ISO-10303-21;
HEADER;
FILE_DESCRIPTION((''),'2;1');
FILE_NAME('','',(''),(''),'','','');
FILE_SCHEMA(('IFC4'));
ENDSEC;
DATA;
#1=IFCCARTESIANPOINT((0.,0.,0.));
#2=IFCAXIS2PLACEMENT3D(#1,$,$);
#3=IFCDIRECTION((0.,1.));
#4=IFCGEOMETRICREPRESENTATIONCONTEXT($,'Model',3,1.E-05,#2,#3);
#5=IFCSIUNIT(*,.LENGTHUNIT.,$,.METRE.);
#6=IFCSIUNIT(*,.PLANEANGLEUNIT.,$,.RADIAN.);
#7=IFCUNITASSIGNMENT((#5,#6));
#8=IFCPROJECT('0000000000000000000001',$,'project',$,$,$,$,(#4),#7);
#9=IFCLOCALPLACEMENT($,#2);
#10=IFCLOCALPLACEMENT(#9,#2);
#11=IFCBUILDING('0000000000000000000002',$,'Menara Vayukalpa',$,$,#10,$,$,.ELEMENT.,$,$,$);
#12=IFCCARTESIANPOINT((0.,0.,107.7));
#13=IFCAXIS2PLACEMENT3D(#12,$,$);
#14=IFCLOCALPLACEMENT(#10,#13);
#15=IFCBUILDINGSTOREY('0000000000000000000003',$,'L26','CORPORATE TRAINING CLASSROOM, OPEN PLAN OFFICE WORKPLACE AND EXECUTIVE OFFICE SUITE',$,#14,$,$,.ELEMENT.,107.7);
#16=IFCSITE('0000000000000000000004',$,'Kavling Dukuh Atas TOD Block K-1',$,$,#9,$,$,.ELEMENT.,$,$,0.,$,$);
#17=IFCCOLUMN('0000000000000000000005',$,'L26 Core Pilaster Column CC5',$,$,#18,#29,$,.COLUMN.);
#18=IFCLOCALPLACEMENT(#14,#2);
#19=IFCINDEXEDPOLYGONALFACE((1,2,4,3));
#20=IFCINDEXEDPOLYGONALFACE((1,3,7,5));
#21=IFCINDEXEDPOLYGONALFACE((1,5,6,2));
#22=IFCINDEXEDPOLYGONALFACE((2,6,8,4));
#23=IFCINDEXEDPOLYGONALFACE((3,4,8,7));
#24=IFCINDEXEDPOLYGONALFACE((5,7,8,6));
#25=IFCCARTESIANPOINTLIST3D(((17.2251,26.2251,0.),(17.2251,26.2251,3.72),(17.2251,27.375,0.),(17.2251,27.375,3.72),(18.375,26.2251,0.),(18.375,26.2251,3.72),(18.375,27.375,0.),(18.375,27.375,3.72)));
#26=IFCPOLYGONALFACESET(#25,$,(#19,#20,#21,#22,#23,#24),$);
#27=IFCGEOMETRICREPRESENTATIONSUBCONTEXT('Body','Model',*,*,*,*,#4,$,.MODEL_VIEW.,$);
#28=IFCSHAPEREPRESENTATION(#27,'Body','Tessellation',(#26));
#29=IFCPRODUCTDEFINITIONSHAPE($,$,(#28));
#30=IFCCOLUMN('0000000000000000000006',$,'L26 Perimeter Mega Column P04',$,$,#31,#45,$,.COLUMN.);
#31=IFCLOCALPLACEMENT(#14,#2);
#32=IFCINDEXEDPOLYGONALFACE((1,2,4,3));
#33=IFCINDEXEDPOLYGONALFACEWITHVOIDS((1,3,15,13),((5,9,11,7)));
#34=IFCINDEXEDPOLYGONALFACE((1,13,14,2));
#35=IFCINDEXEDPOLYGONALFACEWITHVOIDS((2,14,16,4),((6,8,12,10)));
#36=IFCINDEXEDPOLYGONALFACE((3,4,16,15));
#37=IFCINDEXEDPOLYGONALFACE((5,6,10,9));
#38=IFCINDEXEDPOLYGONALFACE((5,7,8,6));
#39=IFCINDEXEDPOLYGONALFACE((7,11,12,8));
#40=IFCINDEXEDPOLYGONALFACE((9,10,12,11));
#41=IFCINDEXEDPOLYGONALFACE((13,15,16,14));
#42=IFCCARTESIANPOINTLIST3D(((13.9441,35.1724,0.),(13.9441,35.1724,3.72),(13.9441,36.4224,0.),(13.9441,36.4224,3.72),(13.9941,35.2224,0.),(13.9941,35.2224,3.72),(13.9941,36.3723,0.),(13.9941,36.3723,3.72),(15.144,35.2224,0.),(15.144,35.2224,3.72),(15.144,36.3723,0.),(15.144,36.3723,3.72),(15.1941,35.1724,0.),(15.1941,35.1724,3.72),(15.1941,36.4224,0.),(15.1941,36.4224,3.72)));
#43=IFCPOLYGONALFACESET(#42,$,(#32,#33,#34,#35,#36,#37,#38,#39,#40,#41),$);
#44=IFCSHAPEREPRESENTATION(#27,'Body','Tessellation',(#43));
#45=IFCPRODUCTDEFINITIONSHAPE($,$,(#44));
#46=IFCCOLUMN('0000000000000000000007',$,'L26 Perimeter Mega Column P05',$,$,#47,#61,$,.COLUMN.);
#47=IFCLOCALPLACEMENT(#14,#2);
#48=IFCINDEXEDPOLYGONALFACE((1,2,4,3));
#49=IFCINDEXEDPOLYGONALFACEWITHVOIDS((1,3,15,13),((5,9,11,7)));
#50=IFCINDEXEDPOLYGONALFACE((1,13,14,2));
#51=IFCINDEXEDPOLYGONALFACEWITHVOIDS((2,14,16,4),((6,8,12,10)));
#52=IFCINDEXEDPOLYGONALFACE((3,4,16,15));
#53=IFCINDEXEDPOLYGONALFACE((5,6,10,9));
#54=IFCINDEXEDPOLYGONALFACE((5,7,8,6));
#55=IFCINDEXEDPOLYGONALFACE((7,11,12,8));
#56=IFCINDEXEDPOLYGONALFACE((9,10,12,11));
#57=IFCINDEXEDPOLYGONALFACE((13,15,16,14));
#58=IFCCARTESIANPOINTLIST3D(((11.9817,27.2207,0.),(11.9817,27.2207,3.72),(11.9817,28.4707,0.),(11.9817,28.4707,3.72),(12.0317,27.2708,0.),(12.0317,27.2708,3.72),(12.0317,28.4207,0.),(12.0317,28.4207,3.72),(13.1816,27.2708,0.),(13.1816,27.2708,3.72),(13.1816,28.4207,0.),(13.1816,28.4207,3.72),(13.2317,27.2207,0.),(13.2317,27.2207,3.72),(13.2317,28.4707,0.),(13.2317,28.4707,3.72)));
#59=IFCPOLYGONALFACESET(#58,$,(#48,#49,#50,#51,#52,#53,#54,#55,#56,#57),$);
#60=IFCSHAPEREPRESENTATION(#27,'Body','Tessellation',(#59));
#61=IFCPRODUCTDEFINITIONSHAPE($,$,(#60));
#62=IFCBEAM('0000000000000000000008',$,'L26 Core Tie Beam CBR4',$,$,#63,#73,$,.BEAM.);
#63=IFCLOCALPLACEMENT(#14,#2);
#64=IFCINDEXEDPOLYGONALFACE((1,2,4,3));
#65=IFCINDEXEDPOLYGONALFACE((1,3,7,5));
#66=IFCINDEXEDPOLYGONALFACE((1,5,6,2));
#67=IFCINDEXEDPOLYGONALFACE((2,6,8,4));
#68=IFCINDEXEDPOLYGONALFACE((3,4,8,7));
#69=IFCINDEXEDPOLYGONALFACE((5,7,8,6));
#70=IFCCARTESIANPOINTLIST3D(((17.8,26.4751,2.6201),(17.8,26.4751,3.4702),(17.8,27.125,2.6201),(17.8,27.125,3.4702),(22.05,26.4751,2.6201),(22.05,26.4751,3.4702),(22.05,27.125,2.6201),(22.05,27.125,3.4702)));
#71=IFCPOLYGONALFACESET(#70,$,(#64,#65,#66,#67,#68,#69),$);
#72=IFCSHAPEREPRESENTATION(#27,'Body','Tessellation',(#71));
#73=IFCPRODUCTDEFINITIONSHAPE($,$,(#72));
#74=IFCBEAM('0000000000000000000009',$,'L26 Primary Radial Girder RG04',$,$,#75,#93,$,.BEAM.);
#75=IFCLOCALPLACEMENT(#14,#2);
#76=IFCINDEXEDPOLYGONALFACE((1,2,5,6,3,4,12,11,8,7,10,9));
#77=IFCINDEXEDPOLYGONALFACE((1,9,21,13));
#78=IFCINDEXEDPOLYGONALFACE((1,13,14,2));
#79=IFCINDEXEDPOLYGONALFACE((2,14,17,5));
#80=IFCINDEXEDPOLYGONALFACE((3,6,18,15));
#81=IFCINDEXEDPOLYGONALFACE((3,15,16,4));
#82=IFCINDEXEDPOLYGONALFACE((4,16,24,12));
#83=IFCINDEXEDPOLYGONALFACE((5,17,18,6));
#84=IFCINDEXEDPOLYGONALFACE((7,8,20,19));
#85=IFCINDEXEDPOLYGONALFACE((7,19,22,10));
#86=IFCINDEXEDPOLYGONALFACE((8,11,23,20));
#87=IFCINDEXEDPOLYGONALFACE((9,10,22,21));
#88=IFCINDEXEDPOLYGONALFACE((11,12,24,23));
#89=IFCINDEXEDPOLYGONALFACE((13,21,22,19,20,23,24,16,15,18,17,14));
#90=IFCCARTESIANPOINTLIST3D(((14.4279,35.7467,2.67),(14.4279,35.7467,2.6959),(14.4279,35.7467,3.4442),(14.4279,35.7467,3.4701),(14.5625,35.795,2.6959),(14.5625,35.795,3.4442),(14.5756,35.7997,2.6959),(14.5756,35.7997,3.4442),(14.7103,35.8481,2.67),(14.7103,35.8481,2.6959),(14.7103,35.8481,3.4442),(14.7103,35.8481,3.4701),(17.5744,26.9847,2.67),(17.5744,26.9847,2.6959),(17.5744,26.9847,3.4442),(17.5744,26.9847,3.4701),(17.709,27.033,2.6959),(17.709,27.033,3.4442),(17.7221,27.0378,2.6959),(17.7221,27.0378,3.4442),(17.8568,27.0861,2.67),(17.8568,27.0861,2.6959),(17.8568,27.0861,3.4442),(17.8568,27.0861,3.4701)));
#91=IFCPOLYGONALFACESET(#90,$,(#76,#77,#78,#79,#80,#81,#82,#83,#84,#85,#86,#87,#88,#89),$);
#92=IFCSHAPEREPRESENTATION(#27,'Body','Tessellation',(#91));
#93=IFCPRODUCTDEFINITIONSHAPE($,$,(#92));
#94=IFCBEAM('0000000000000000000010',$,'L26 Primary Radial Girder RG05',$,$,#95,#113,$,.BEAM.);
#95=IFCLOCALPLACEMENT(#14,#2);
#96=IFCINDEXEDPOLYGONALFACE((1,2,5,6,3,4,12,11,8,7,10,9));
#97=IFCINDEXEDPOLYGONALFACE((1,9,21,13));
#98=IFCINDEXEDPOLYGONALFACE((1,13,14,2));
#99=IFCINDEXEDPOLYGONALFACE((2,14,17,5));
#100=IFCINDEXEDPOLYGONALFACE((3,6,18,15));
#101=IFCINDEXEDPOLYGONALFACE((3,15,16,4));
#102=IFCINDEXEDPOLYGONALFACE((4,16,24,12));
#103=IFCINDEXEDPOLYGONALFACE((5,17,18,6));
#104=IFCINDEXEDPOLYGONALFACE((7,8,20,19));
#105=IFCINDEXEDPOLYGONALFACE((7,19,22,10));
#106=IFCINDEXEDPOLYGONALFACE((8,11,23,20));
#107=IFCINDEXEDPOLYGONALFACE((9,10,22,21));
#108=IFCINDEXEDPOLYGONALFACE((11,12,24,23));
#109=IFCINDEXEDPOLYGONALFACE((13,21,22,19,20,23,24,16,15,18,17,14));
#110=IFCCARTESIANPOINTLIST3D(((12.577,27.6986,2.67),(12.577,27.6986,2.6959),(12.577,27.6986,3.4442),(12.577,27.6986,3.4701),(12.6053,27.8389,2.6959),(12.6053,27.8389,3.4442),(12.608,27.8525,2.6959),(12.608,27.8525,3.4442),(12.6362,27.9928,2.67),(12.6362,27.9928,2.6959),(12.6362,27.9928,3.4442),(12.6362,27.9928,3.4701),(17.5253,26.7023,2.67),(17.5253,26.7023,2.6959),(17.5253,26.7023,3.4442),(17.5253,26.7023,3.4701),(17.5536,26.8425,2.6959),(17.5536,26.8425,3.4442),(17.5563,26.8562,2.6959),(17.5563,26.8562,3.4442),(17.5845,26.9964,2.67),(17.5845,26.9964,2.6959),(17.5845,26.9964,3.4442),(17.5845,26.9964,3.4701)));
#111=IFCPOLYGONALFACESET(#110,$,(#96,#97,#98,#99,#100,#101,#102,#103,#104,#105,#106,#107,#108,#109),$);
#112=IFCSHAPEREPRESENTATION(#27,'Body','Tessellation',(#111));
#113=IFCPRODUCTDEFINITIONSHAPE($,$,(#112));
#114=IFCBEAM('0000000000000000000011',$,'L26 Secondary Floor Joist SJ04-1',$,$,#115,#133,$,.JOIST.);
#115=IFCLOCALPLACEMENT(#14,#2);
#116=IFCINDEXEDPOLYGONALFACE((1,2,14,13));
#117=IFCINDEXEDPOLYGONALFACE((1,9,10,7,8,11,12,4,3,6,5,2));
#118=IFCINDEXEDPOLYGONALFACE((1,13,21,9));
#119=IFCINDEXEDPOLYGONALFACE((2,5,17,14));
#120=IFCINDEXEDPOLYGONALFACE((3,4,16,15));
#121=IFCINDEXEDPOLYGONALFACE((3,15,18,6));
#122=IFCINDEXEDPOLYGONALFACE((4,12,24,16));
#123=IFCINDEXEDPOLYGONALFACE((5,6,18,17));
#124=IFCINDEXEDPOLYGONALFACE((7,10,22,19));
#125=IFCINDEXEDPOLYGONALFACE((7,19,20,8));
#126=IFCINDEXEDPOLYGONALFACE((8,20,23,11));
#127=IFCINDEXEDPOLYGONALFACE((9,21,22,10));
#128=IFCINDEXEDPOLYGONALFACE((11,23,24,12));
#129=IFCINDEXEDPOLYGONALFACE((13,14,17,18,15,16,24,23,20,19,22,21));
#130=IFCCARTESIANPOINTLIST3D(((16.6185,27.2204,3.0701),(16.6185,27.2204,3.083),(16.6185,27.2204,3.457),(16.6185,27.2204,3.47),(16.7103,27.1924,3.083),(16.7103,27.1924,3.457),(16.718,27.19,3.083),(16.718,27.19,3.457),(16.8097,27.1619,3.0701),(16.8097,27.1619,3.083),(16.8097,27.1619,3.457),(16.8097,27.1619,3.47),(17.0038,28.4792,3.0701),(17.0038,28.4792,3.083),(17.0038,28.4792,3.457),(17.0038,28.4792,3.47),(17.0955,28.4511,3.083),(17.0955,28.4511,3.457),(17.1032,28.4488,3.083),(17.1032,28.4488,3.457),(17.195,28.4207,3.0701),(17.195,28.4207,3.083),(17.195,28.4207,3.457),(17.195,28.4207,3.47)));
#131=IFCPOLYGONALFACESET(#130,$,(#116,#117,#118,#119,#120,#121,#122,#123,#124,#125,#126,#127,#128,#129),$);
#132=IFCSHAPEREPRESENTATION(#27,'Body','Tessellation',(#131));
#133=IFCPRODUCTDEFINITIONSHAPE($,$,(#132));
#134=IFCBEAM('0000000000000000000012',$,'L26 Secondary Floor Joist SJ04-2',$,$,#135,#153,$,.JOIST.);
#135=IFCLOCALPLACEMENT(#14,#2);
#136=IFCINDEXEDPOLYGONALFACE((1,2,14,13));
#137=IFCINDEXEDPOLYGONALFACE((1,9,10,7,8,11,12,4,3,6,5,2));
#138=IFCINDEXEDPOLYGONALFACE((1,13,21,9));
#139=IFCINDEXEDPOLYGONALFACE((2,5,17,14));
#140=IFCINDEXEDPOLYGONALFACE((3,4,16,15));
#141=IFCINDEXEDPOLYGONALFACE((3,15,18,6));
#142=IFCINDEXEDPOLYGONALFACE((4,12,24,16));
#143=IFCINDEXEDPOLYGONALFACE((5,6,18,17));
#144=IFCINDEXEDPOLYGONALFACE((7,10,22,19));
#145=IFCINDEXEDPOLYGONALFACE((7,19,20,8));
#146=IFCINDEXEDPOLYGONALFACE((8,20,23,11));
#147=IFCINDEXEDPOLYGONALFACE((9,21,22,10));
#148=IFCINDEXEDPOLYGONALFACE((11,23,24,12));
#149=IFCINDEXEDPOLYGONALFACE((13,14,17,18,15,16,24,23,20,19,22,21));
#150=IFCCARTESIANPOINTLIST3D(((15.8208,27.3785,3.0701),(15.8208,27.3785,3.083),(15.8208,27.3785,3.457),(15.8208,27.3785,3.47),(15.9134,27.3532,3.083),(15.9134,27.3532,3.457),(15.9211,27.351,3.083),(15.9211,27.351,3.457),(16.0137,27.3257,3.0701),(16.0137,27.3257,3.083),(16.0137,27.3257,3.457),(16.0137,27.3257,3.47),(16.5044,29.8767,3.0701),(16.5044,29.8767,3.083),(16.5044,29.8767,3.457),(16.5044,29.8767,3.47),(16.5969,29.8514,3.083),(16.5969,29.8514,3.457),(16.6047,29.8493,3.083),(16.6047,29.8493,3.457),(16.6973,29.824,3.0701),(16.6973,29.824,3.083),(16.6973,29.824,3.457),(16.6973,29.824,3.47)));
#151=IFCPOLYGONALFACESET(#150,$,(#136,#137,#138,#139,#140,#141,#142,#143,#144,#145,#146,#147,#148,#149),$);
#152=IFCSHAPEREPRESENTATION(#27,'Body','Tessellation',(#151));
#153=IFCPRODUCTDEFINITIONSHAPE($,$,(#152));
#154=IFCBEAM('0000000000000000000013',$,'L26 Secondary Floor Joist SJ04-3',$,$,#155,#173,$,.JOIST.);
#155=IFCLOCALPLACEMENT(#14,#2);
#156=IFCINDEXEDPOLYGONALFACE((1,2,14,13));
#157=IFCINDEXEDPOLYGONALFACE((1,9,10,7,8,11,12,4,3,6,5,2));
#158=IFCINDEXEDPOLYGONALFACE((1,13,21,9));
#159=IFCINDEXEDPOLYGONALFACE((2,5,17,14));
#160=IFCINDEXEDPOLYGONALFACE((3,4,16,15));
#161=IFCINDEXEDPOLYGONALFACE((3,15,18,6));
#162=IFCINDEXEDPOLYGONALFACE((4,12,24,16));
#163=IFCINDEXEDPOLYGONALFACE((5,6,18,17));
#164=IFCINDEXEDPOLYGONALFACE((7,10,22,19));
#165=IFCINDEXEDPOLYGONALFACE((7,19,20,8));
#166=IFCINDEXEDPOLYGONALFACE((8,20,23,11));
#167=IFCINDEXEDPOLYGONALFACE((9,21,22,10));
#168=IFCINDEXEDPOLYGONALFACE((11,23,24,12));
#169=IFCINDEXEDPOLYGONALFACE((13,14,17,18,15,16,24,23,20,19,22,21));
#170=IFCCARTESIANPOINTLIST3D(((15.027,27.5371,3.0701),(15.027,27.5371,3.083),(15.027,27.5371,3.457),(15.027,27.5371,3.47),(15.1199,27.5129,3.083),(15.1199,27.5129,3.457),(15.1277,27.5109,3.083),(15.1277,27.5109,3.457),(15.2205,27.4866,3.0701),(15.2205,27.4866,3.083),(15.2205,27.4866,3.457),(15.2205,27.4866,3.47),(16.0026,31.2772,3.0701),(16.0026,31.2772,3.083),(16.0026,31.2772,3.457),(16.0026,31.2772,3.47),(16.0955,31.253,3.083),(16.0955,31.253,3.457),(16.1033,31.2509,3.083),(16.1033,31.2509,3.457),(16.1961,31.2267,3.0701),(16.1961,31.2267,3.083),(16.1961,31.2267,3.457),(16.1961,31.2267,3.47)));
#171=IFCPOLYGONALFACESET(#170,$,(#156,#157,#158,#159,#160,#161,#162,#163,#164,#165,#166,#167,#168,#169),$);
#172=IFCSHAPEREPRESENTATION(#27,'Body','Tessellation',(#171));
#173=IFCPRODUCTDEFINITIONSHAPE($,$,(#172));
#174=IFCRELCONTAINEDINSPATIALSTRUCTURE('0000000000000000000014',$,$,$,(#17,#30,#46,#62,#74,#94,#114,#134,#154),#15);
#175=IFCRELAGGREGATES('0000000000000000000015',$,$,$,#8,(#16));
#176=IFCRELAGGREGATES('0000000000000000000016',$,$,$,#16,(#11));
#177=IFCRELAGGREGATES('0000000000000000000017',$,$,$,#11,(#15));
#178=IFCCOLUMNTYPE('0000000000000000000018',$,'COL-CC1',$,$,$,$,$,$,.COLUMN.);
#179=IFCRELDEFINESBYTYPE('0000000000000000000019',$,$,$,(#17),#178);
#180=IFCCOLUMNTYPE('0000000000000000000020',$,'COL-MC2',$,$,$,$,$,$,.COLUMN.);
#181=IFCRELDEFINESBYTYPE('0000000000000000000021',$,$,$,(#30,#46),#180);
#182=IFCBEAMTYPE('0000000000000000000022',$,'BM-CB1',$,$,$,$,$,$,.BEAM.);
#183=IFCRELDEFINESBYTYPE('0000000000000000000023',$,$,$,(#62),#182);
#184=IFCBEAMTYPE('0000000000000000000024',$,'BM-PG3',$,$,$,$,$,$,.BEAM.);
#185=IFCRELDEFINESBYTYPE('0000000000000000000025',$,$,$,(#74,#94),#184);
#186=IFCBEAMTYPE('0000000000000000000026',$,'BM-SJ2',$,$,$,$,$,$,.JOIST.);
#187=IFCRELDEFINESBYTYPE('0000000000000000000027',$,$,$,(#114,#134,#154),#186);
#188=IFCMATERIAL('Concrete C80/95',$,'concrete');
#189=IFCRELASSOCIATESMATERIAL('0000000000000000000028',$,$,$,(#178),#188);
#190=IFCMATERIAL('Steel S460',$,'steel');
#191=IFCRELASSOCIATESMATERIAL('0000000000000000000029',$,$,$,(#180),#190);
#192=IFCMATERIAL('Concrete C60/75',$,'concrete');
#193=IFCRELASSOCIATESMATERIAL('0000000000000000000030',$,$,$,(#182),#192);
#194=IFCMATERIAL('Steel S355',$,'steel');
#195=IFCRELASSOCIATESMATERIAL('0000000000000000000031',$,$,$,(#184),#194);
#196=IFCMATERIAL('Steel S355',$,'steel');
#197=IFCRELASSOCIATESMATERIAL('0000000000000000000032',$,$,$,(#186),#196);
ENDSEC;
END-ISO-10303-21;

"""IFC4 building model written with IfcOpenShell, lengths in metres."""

from ifc_helpers import new_model, si_unit, direction, frame, origin, origin_2d, place, context, subcontext, project, spatial, rectangle, hollow_rectangle, i_section, extrude, material, material_profile, profile_set, type_object, element, save


model = new_model("IFC4")

# Units and contexts
model_context = context("Model", 3, precision=1e-05, world=origin(), true_north=direction((0.0, 1.0)))
body_context = subcontext(model_context, "Body", "Model", "MODEL_VIEW")
ifc_project = project(units=[si_unit("LENGTHUNIT", "METRE"), si_unit("PLANEANGLEUNIT", "RADIAN")], contexts=[model_context])

# Site, building, storey
site_placement = place(None, origin())
site = spatial("IfcSite", under=ifc_project, at=site_placement, Name="Kavling Dukuh Atas TOD Block K-1", CompositionType="ELEMENT", RefElevation=0.0)
building_placement = place(site_placement, origin())
building = spatial("IfcBuilding", under=site, at=building_placement, Name="Menara Vayukalpa", CompositionType="ELEMENT")
storey_placement = place(building_placement, frame((0.0, 0.0, 107.7)))
storey = spatial("IfcBuildingStorey", under=building, at=storey_placement, Name="L26", Description="CORPORATE TRAINING CLASSROOM, OPEN PLAN OFFICE WORKPLACE AND EXECUTIVE OFFICE SUITE", CompositionType="ELEMENT", Elevation=107.7)

# Columns
ifc_material_1 = material(Name="Concrete C80/95", Category="concrete")
ifc_material_profile_1 = material_profile(ifc_material_1, rectangle(XDim=1.1499, YDim=1.1499, at=origin_2d()), Name="RC 1150x1150")
ifc_profile_set_1 = profile_set([ifc_material_profile_1], Name="Concrete C80/95")
column_type_1 = type_object("IfcColumnType", Name="COL-CC1", PredefinedType="COLUMN", material=ifc_profile_set_1)
column_placement = place(storey_placement, frame((17.8, 26.8, 0.0), z_axis=(0.0, 0.0, 1.0), x_axis=(1.0, 0.0, 0.0)))
element("IfcColumn", 1, at=column_placement, inside=storey, type_object=column_type_1, Name="L26 Core Pilaster Column CC5", PredefinedType="COLUMN", context=body_context, shape_type="SweptSolid", body=[
    extrude(rectangle(XDim=1.1499, YDim=1.1499, at=origin_2d()), origin(), (0.0, 0.0, 1.0), 3.72),
])
ifc_material_2 = material(Name="Steel S460", Category="steel")
ifc_material_profile_2 = material_profile(ifc_material_2, hollow_rectangle(XDim=1.25, YDim=1.25, WallThickness=0.05, at=origin_2d()), Name="BOX 1250x1250x50")
ifc_profile_set_2 = profile_set([ifc_material_profile_2], Name="Steel S460")
column_type_2 = type_object("IfcColumnType", Name="COL-MC2", PredefinedType="COLUMN", material=ifc_profile_set_2)
for number, where, z_axis, x_axis, name in (
    (2, (14.5691, 35.7974, 0.0), (0.0, 0.0, 1.0), (1.0, 0.0, 0.0), "L26 Perimeter Mega Column P04"),
    (3, (12.6067, 27.8457, 0.0), (0.0, 0.0, 1.0), (1.0, 0.0, 0.0), "L26 Perimeter Mega Column P05"),
):
    element("IfcColumn", number, at=place(storey_placement, frame(where, z_axis=z_axis, x_axis=x_axis)), inside=storey, type_object=column_type_2, Name=name, PredefinedType="COLUMN", context=body_context, shape_type="SweptSolid", body=[
        extrude(hollow_rectangle(XDim=1.25, YDim=1.25, WallThickness=0.05, at=origin_2d()), origin(), (0.0, 0.0, 1.0), 3.72),
    ])

# Beams
ifc_material_3 = material(Name="Concrete C60/75", Category="concrete")
ifc_material_profile_3 = material_profile(ifc_material_3, rectangle(XDim=0.6499, YDim=0.8501, at=origin_2d()), Name="RC 650x850")
ifc_profile_set_3 = profile_set([ifc_material_profile_3], Name="Concrete C60/75")
beam_type_1 = type_object("IfcBeamType", Name="BM-CB1", PredefinedType="BEAM", material=ifc_profile_set_3)
beam_1_placement = place(storey_placement, frame((17.8, 26.8, 3.0452), z_axis=(1.0, 0.0, 0.0), x_axis=(0.0, 1.0, 0.0)))
element("IfcBeam", 4, at=beam_1_placement, inside=storey, type_object=beam_type_1, Name="L26 Core Tie Beam CBR4", PredefinedType="BEAM", context=body_context, shape_type="SweptSolid", body=[
    extrude(rectangle(XDim=0.6499, YDim=0.8501, at=origin_2d()), origin(), (0.0, 0.0, 1.0), 4.25),
])
ifc_material_4 = material(Name="Steel S355", Category="steel")
ifc_material_profile_4 = material_profile(ifc_material_4, i_section(OverallWidth=0.3, OverallDepth=0.8, WebThickness=0.0139, FlangeThickness=0.0259, at=origin_2d()), Name="WF 800x300x14x26")
ifc_profile_set_4 = profile_set([ifc_material_profile_4], Name="Steel S355")
beam_type_2 = type_object("IfcBeamType", Name="BM-PG3", PredefinedType="BEAM", material=ifc_profile_set_4)
beam_2_placement = place(storey_placement, frame((17.7156, 27.0354, 3.0701), z_axis=(-0.337976, 0.941155, 0.0), x_axis=(-0.941155, -0.337976, 0.0)))
element("IfcBeam", 5, at=beam_2_placement, inside=storey, type_object=beam_type_2, Name="L26 Primary Radial Girder RG04", PredefinedType="BEAM", context=body_context, shape_type="SweptSolid", body=[
    extrude(i_section(OverallWidth=0.3, OverallDepth=0.8, WebThickness=0.0139, FlangeThickness=0.0259, at=origin_2d()), origin(), (0.0, 0.0, 1.0), 9.3098),
])
beam_3_placement = place(storey_placement, frame((17.5549, 26.8494, 3.0701), z_axis=(-0.980325, 0.19739, 0.0), x_axis=(-0.19739, -0.980325, 0.0)))
element("IfcBeam", 6, at=beam_3_placement, inside=storey, type_object=beam_type_2, Name="L26 Primary Radial Girder RG05", PredefinedType="BEAM", context=body_context, shape_type="SweptSolid", body=[
    extrude(i_section(OverallWidth=0.3, OverallDepth=0.8, WebThickness=0.0139, FlangeThickness=0.0259, at=origin_2d()), origin(), (0.0, 0.0, 1.0), 5.0476),
])
ifc_material_5 = material(Name="Steel S355", Category="steel")
ifc_material_profile_5 = material_profile(ifc_material_5, i_section(OverallWidth=0.2, OverallDepth=0.3999, WebThickness=0.0081, FlangeThickness=0.0129, at=origin_2d()), Name="WF 400x200x8x13")
ifc_profile_set_5 = profile_set([ifc_material_profile_5], Name="Steel S355")
beam_type_3 = type_object("IfcBeamType", Name="BM-SJ2", PredefinedType="JOIST", material=ifc_profile_set_5)
beam_4_placement = place(storey_placement, frame((17.0994, 28.45, 3.27), z_axis=(-0.292652, -0.956219, 0.0), x_axis=(0.956219, -0.292652, 0.0)))
element("IfcBeam", 7, at=beam_4_placement, inside=storey, type_object=beam_type_3, Name="L26 Secondary Floor Joist SJ04-1", PredefinedType="JOIST", context=body_context, shape_type="SweptSolid", body=[
    extrude(i_section(OverallWidth=0.2, OverallDepth=0.3999, WebThickness=0.0081, FlangeThickness=0.0129, at=origin_2d()), origin(), (0.0, 0.0, 1.0), 1.3164),
])
beam_5_placement = place(storey_placement, frame((16.6008, 29.8503, 3.27), z_axis=(-0.263923, -0.964544, 0.0), x_axis=(0.964544, -0.263923, 0.0)))
element("IfcBeam", 8, at=beam_5_placement, inside=storey, type_object=beam_type_3, Name="L26 Secondary Floor Joist SJ04-2", PredefinedType="JOIST", context=body_context, shape_type="SweptSolid", body=[
    extrude(i_section(OverallWidth=0.2, OverallDepth=0.3999, WebThickness=0.0081, FlangeThickness=0.0129, at=origin_2d()), origin(), (0.0, 0.0, 1.0), 2.5901),
])
beam_6_placement = place(storey_placement, frame((16.0994, 31.252, 3.27), z_axis=(-0.252406, -0.967621, 0.0), x_axis=(0.967621, -0.252406, 0.0)))
element("IfcBeam", 9, at=beam_6_placement, inside=storey, type_object=beam_type_3, Name="L26 Secondary Floor Joist SJ04-3", PredefinedType="JOIST", context=body_context, shape_type="SweptSolid", body=[
    extrude(i_section(OverallWidth=0.2, OverallDepth=0.3999, WebThickness=0.0081, FlangeThickness=0.0129, at=origin_2d()), origin(), (0.0, 0.0, 1.0), 3.8652),
])

save(model, "model.ifc")
